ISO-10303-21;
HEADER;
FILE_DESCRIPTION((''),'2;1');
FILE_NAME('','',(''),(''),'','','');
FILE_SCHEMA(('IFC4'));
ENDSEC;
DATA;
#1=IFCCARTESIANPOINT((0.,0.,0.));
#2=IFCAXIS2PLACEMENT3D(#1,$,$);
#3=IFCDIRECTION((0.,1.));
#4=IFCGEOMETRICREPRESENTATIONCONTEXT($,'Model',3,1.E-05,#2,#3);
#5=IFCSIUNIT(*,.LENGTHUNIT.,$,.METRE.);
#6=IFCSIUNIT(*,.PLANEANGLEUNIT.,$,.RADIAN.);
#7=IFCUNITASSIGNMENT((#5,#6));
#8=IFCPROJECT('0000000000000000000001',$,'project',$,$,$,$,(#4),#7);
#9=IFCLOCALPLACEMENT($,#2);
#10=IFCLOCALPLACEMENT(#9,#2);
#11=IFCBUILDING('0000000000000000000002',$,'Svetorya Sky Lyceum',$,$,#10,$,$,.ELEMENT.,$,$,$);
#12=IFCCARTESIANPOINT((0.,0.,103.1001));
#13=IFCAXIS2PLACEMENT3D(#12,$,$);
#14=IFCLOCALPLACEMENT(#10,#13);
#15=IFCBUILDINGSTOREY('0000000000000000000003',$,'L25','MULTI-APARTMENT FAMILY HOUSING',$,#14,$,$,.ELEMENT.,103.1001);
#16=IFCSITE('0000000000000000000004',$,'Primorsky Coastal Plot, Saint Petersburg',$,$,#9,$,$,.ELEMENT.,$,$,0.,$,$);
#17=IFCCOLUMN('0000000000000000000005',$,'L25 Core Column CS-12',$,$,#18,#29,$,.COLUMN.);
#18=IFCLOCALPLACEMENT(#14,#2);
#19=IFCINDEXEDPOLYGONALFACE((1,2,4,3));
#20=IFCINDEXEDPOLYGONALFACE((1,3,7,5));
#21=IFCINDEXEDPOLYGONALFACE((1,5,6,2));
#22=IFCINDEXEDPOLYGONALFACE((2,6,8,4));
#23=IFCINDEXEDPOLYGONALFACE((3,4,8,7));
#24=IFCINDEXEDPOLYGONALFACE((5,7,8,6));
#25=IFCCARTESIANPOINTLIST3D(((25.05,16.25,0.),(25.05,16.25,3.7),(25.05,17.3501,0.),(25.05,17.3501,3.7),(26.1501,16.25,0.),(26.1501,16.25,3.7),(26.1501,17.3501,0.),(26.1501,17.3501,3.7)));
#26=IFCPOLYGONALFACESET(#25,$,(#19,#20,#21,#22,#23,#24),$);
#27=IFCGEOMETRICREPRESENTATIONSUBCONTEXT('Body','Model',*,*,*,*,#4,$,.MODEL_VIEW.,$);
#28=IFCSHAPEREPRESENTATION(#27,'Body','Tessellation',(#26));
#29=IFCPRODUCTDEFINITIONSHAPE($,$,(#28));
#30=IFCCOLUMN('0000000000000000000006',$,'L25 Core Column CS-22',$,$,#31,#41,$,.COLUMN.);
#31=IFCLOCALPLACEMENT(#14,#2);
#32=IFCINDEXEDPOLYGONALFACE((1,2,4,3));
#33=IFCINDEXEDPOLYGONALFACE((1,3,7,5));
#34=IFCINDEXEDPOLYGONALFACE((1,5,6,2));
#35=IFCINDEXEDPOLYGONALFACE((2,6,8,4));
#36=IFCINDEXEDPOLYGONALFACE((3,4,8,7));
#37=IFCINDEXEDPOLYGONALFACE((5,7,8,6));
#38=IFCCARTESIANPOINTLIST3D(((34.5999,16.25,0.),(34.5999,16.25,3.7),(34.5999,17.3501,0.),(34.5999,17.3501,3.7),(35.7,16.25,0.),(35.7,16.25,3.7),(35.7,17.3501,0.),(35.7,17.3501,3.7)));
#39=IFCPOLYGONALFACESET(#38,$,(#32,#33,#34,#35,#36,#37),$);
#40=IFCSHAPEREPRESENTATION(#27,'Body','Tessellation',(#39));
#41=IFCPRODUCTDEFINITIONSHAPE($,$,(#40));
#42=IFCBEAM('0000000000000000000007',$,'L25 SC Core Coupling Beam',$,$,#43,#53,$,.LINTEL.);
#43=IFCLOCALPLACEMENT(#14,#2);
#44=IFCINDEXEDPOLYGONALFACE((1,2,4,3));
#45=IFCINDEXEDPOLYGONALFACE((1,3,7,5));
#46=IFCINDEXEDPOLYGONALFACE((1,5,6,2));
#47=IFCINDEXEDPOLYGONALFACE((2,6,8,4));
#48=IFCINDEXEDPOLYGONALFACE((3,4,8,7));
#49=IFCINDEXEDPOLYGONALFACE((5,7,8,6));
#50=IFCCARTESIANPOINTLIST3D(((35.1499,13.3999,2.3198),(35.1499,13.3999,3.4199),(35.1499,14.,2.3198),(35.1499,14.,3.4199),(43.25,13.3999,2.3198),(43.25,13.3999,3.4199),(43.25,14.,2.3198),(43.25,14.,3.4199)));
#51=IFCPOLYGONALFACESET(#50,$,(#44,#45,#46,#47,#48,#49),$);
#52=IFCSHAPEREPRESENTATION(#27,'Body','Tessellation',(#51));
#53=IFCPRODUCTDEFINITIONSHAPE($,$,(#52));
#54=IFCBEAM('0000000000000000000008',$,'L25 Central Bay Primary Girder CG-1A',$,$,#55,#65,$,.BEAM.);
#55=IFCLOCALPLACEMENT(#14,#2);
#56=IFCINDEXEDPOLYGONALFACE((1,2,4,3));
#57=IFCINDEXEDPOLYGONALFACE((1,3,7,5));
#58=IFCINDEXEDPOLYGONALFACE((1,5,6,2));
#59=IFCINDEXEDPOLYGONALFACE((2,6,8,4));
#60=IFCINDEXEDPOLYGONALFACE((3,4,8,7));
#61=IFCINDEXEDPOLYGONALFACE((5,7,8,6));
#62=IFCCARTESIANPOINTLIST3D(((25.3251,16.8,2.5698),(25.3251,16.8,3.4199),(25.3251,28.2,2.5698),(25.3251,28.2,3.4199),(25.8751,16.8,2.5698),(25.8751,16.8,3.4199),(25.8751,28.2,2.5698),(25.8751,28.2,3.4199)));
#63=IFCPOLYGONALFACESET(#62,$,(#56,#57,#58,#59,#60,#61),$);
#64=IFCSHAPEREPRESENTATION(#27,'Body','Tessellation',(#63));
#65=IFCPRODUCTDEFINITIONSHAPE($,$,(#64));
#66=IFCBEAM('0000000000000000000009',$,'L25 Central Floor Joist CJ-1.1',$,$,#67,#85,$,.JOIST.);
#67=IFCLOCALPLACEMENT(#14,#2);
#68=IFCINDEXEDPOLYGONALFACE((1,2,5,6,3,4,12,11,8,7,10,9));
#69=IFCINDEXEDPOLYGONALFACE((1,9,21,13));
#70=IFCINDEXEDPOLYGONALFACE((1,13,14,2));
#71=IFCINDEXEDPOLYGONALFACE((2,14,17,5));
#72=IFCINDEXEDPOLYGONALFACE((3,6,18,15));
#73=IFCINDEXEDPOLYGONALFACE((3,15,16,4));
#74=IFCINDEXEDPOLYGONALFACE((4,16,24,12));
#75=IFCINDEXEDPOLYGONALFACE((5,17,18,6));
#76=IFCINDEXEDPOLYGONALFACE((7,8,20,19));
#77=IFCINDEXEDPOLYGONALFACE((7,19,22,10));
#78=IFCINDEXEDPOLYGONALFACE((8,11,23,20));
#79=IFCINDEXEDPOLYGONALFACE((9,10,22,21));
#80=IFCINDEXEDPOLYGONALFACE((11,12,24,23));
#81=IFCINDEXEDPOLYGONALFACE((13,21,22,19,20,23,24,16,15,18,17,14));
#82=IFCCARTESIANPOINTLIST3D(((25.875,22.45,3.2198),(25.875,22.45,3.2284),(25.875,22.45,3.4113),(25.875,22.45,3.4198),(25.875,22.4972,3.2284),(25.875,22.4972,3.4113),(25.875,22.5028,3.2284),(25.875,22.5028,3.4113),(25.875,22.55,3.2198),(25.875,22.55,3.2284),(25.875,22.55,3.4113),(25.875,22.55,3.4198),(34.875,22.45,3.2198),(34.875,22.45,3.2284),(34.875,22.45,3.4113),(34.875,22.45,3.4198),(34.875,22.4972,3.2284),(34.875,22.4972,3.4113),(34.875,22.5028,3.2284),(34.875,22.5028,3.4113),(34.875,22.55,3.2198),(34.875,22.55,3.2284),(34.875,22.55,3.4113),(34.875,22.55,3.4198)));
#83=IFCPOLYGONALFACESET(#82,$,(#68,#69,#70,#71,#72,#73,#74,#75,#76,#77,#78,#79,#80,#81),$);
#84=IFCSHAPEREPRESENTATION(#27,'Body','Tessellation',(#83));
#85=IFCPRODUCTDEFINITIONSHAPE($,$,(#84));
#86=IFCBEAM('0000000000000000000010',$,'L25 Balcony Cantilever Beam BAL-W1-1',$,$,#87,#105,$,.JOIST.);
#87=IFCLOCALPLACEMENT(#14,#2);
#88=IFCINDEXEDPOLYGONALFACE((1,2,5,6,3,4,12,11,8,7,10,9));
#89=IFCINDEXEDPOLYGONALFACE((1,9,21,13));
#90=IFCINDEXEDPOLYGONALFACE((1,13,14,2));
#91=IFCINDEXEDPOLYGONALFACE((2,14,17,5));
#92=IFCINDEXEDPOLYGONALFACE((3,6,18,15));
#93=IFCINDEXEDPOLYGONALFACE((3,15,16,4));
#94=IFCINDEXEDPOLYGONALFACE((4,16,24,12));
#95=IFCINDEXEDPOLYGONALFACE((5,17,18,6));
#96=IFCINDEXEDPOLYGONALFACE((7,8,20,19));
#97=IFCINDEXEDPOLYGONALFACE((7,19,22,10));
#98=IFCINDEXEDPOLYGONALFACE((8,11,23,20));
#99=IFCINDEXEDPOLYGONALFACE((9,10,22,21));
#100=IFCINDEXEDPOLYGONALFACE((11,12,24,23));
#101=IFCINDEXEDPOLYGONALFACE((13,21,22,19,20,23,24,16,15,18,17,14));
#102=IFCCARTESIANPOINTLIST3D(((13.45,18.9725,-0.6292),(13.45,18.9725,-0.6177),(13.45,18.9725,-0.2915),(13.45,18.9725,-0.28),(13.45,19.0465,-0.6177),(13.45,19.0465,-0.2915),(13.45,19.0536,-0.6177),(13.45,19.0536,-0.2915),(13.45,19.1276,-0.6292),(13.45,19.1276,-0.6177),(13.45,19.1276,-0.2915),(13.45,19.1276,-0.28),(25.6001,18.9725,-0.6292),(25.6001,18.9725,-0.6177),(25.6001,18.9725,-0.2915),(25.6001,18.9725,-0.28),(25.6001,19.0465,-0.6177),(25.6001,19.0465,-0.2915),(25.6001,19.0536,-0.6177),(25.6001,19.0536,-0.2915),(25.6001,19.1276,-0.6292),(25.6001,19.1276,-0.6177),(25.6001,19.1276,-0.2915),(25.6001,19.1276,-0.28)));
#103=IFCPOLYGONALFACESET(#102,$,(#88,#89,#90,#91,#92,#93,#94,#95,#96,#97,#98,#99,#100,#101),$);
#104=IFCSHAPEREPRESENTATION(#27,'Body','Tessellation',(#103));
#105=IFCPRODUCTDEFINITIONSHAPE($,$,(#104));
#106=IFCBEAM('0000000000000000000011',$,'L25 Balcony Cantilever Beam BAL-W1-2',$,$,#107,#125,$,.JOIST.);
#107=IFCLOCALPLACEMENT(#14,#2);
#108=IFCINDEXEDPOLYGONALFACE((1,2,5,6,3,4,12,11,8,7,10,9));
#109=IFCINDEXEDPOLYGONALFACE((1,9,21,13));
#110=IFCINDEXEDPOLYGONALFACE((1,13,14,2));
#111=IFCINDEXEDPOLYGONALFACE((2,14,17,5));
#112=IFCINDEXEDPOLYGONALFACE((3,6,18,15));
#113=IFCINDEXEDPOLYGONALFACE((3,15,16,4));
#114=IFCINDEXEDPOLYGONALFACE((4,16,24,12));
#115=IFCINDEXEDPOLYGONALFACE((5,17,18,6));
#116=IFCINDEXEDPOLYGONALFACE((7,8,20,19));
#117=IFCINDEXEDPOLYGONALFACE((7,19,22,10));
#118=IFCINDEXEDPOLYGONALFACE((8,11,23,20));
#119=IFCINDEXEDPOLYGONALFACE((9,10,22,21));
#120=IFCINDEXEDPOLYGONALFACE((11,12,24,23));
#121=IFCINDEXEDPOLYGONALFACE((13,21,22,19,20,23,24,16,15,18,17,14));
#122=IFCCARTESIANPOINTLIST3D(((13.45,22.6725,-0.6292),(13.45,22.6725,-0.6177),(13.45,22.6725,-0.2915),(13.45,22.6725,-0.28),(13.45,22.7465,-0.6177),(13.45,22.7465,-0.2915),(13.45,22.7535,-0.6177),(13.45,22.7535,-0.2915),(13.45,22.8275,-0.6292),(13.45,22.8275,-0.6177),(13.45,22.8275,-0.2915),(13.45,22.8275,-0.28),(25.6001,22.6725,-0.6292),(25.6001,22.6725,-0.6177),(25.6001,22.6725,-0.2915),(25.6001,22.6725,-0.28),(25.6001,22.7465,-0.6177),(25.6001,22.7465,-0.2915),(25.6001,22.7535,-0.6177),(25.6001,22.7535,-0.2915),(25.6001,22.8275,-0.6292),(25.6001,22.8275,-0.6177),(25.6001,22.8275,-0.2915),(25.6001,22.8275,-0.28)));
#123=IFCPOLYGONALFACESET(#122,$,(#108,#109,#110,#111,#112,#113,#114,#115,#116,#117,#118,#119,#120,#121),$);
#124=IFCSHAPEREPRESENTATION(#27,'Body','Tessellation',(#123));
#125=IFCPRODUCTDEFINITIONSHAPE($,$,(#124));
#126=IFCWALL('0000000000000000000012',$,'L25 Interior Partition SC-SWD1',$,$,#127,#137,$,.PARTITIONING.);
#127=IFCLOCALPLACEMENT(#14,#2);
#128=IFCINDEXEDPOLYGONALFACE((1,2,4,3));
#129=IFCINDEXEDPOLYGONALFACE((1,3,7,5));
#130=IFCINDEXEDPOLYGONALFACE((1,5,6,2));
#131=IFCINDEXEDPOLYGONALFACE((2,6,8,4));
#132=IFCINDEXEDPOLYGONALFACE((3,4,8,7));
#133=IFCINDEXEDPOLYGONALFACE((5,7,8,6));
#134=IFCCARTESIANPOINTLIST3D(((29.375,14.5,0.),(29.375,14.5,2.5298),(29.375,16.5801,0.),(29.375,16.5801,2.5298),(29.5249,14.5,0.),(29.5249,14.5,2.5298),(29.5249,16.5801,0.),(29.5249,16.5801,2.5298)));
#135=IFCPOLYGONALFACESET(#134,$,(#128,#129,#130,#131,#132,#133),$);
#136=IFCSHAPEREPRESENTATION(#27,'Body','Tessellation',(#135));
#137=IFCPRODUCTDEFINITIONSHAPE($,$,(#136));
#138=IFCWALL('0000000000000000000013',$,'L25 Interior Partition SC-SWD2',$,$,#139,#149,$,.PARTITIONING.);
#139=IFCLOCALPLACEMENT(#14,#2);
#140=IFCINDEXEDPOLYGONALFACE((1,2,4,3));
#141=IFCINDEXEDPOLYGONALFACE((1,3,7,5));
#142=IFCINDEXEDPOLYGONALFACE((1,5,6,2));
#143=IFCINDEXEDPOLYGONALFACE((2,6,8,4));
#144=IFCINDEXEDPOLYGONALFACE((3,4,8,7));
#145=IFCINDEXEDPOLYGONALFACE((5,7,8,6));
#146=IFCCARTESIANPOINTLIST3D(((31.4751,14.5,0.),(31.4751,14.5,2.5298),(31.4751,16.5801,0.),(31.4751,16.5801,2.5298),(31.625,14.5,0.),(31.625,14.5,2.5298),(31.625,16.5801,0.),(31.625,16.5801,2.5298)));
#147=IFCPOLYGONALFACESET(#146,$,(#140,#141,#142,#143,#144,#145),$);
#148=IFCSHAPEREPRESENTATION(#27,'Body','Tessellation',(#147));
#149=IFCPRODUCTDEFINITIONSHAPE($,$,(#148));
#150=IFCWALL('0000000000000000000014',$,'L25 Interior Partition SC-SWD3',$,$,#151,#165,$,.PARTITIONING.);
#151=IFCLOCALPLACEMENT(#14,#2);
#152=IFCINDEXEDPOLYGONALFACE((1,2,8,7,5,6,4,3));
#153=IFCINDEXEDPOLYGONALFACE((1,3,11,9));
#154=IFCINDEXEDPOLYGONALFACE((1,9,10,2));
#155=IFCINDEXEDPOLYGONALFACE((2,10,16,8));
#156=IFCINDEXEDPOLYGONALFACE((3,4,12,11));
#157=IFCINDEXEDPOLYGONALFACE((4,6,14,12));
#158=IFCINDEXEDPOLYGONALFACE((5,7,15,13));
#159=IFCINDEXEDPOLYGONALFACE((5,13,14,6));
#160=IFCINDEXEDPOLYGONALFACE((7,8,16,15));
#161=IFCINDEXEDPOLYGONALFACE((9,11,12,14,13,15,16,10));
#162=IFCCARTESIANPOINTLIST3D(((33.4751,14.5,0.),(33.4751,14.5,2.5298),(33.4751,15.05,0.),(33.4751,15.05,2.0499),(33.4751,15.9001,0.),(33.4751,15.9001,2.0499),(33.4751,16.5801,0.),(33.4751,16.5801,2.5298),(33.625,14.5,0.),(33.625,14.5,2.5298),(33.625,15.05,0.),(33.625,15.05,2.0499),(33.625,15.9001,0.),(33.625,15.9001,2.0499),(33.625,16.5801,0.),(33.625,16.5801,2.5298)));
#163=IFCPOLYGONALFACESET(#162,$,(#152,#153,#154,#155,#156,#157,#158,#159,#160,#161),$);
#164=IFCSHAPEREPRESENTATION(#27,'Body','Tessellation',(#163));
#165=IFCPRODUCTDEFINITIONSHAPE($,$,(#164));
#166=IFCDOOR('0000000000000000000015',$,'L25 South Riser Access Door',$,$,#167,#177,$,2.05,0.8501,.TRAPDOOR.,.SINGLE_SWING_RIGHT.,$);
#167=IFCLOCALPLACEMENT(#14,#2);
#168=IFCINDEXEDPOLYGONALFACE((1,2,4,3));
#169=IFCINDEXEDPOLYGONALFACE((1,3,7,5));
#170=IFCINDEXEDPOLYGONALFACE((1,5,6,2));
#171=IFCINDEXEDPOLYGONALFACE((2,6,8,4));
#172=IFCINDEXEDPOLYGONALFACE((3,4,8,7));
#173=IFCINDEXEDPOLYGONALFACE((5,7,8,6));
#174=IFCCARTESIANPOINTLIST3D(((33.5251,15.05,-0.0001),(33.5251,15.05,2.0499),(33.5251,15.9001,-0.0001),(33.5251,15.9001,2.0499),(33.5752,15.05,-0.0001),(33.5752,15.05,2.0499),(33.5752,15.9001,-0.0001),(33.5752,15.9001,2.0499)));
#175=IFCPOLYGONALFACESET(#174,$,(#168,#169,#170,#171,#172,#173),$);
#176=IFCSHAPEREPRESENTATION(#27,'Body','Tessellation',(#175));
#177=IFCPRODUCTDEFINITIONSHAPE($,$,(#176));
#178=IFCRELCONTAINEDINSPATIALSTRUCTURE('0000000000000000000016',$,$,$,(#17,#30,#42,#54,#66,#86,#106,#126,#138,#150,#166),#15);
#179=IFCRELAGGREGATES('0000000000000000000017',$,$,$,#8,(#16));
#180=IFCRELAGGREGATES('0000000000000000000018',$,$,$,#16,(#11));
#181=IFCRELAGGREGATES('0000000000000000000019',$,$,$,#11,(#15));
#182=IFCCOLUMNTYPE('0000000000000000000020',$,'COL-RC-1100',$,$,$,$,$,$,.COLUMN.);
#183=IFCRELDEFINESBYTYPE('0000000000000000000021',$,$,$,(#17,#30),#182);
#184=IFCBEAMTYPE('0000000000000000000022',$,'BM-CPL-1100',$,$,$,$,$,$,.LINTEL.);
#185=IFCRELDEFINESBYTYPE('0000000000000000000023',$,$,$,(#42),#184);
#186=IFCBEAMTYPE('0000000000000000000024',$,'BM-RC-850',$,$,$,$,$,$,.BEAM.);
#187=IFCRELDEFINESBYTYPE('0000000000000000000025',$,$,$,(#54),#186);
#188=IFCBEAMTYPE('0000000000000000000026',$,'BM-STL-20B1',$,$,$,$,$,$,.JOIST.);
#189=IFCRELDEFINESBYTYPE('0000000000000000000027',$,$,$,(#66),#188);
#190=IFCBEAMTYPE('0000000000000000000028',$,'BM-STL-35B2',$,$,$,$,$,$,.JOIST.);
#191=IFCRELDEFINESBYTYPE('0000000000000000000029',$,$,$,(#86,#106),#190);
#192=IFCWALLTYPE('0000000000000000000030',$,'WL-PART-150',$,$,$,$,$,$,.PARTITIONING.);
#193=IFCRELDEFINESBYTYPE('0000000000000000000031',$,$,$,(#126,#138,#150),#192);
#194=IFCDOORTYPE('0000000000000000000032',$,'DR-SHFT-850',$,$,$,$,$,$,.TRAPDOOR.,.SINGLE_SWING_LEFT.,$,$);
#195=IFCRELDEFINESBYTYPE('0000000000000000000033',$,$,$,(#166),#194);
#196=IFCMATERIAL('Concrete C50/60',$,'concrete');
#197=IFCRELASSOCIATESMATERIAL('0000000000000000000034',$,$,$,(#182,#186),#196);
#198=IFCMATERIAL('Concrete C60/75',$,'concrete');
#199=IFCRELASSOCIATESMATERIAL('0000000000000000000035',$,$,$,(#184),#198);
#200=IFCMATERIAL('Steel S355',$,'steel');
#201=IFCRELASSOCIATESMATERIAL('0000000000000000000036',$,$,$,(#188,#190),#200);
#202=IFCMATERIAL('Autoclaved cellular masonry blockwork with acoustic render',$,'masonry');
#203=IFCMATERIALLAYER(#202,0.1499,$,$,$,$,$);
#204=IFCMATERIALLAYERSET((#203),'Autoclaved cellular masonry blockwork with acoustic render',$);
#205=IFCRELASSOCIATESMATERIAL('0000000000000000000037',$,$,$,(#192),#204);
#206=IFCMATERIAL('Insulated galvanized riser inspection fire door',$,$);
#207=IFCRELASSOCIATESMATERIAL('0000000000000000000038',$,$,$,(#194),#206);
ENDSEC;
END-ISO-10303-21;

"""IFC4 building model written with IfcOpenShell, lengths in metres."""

from ifc_helpers import new_model, si_unit, direction, frame, frame_2d, origin, origin_2d, place, context, subcontext, project, spatial, rectangle, i_section, extrude, material, layer, layer_set, material_profile, profile_set, type_object, element, fill, save


model = new_model("IFC4")

# Units and contexts
model_context = context("Model", 3, precision=1e-05, world=origin(), true_north=direction((0.0, 1.0)))
body_context = subcontext(model_context, "Body", "Model", "MODEL_VIEW")
ifc_project = project(units=[si_unit("LENGTHUNIT", "METRE"), si_unit("PLANEANGLEUNIT", "RADIAN")], contexts=[model_context])

# Site, building, storey
site_placement = place(None, origin())
site = spatial("IfcSite", under=ifc_project, at=site_placement, Name="Primorsky Coastal Plot, Saint Petersburg", CompositionType="ELEMENT", RefElevation=0.0)
building_placement = place(site_placement, origin())
building = spatial("IfcBuilding", under=site, at=building_placement, Name="Svetorya Sky Lyceum", CompositionType="ELEMENT")
storey_placement = place(building_placement, frame((0.0, 0.0, 103.1001)))
storey = spatial("IfcBuildingStorey", under=building, at=storey_placement, Name="L25", Description="MULTI-APARTMENT FAMILY HOUSING", CompositionType="ELEMENT", Elevation=103.1001)

# Columns
ifc_material_1 = material(Name="Concrete C50/60", Category="concrete")
ifc_material_profile_1 = material_profile(ifc_material_1, rectangle(XDim=1.1001, YDim=1.1001, at=origin_2d()), Name="RC COL 1100x1100")
ifc_profile_set_1 = profile_set([ifc_material_profile_1], Name="Concrete C50/60")
column_type = type_object("IfcColumnType", Name="COL-RC-1100", PredefinedType="COLUMN", material=ifc_profile_set_1)
for number, where, z_axis, x_axis, name in (
    (1, (25.6001, 16.8, 0.0), (0.0, 0.0, 1.0), (1.0, 0.0, 0.0), "L25 Core Column CS-12"),
    (2, (35.1499, 16.8, 0.0), (0.0, 0.0, 1.0), (1.0, 0.0, 0.0), "L25 Core Column CS-22"),
):
    element("IfcColumn", number, at=place(storey_placement, frame(where, z_axis=z_axis, x_axis=x_axis)), inside=storey, type_object=column_type, Name=name, PredefinedType="COLUMN", context=body_context, shape_type="SweptSolid", body=[
        extrude(rectangle(XDim=1.1001, YDim=1.1001, at=origin_2d()), origin(), (0.0, 0.0, 1.0), 3.7),
    ])

# Beams
ifc_material_2 = material(Name="Concrete C60/75", Category="concrete")
ifc_material_profile_2 = material_profile(ifc_material_2, rectangle(XDim=0.6001, YDim=1.1001, at=origin_2d()), Name="RC COUPLING 600x1100")
ifc_profile_set_2 = profile_set([ifc_material_profile_2], Name="Concrete C60/75")
beam_type_1 = type_object("IfcBeamType", Name="BM-CPL-1100", PredefinedType="LINTEL", material=ifc_profile_set_2)
beam_1_placement = place(storey_placement, frame((35.1499, 13.7, 2.8699), z_axis=(1.0, 0.0, 0.0), x_axis=(0.0, 1.0, 0.0)))
element("IfcBeam", 3, at=beam_1_placement, inside=storey, type_object=beam_type_1, Name="L25 SC Core Coupling Beam", PredefinedType="LINTEL", context=body_context, shape_type="SweptSolid", body=[
    extrude(rectangle(XDim=0.6001, YDim=1.1001, at=origin_2d()), origin(), (0.0, 0.0, 1.0), 8.1001),
])
ifc_material_profile_3 = material_profile(ifc_material_1, rectangle(XDim=0.55, YDim=0.8501, at=origin_2d()), Name="RC BEAM 550x850")
ifc_profile_set_3 = profile_set([ifc_material_profile_3], Name="Concrete C50/60")
beam_type_2 = type_object("IfcBeamType", Name="BM-RC-850", PredefinedType="BEAM", material=ifc_profile_set_3)
beam_2_placement = place(storey_placement, frame((25.6001, 16.8, 2.9949), z_axis=(0.0, 1.0, 0.0), x_axis=(-1.0, 0.0, 0.0)))
element("IfcBeam", 4, at=beam_2_placement, inside=storey, type_object=beam_type_2, Name="L25 Central Bay Primary Girder CG-1A", PredefinedType="BEAM", context=body_context, shape_type="SweptSolid", body=[
    extrude(rectangle(XDim=0.55, YDim=0.8501, at=origin_2d()), origin(), (0.0, 0.0, 1.0), 11.3999),
])
ifc_material_3 = material(Name="Steel S355", Category="steel")
ifc_material_profile_4 = material_profile(ifc_material_3, i_section(OverallWidth=0.1001, OverallDepth=0.2, WebThickness=0.0056, FlangeThickness=0.0085, at=origin_2d()), Name="GOST 20B1")
ifc_profile_set_4 = profile_set([ifc_material_profile_4], Name="Steel S355")
beam_type_3 = type_object("IfcBeamType", Name="BM-STL-20B1", PredefinedType="JOIST", material=ifc_profile_set_4)
beam_3_placement = place(storey_placement, frame((25.875, 22.5, 3.3198), z_axis=(1.0, 0.0, 0.0), x_axis=(0.0, 1.0, 0.0)))
element("IfcBeam", 5, at=beam_3_placement, inside=storey, type_object=beam_type_3, Name="L25 Central Floor Joist CJ-1.1", PredefinedType="JOIST", context=body_context, shape_type="SweptSolid", body=[
    extrude(i_section(OverallWidth=0.1001, OverallDepth=0.2, WebThickness=0.0056, FlangeThickness=0.0085, at=origin_2d()), origin(), (0.0, 0.0, 1.0), 9.0),
])
ifc_material_profile_5 = material_profile(ifc_material_3, i_section(OverallWidth=0.155, OverallDepth=0.3491, WebThickness=0.0071, FlangeThickness=0.0115, at=origin_2d()), Name="GOST 35B2")
ifc_profile_set_5 = profile_set([ifc_material_profile_5], Name="Steel S355")
beam_type_4 = type_object("IfcBeamType", Name="BM-STL-35B2", PredefinedType="JOIST", material=ifc_profile_set_5)
for number, where, z_axis, x_axis, name in (
    (6, (25.6001, 19.05, -0.4546), (-1.0, 0.0, 0.0), (0.0, -1.0, 0.0), "L25 Balcony Cantilever Beam BAL-W1-1"),
    (7, (25.6001, 22.75, -0.4546), (-1.0, 0.0, 0.0), (0.0, -1.0, 0.0), "L25 Balcony Cantilever Beam BAL-W1-2"),
):
    element("IfcBeam", number, at=place(storey_placement, frame(where, z_axis=z_axis, x_axis=x_axis)), inside=storey, type_object=beam_type_4, Name=name, PredefinedType="JOIST", context=body_context, shape_type="SweptSolid", body=[
        extrude(i_section(OverallWidth=0.155, OverallDepth=0.3491, WebThickness=0.0071, FlangeThickness=0.0115, at=origin_2d()), origin(), (0.0, 0.0, 1.0), 12.1501),
    ])

# Walls
ifc_material_4 = material(Name="Autoclaved cellular masonry blockwork with acoustic render", Category="masonry")
ifc_layer_1 = layer(ifc_material_4, 0.1499)
ifc_layer_set_1 = layer_set([ifc_layer_1], Name="Autoclaved cellular masonry blockwork with acoustic render")
wall_type_1 = type_object("IfcWallType", Name="WL-PART-150", PredefinedType="PARTITIONING", material=ifc_layer_set_1)
for number, where, z_axis, x_axis, name in (
    (8, (29.45, 14.5, 0.0), (0.0, 0.0, 1.0), (0.0, 1.0, 0.0), "L25 Interior Partition SC-SWD1"),
    (9, (31.55, 14.5, 0.0), (0.0, 0.0, 1.0), (0.0, 1.0, 0.0), "L25 Interior Partition SC-SWD2"),
):
    element("IfcWall", number, at=place(storey_placement, frame(where, z_axis=z_axis, x_axis=x_axis)), inside=storey, type_object=wall_type_1, Name=name, PredefinedType="PARTITIONING", context=body_context, shape_type="SweptSolid", body=[
        extrude(rectangle(XDim=2.0801, YDim=0.1499, at=frame_2d((1.04, 0.0))), origin(), (0.0, 0.0, 1.0), 2.5298),
    ])

# Wall, opening, door
wall_1_placement = place(storey_placement, frame((33.55, 14.5, 0.0), z_axis=(0.0, 0.0, 1.0), x_axis=(0.0, 1.0, 0.0)))
wall_1 = element("IfcWall", 10, at=wall_1_placement, inside=storey, type_object=wall_type_1, Name="L25 Interior Partition SC-SWD3", PredefinedType="PARTITIONING", context=body_context, shape_type="SweptSolid", body=[
    extrude(rectangle(XDim=2.0801, YDim=0.1499, at=frame_2d((1.04, 0.0))), origin(), (0.0, 0.0, 1.0), 2.5298),
])
opening_1_placement = place(wall_1_placement, frame((0.55, 0.0, 0.0)))
opening_1 = element("IfcOpeningElement", 11, at=opening_1_placement, cuts=wall_1, PredefinedType="OPENING", context=body_context, shape_type="SweptSolid", body=[
    extrude(rectangle(XDim=0.8501, YDim=2.05, at=frame_2d((0.425, 1.0249))), frame((0.0, 0.085, 0.0), z_axis=(0.0, -1.0, 0.0), x_axis=(1.0, 0.0, 0.0)), (0.0, 0.0, 1.0), 0.1699),
])
ifc_material_5 = material(Name="Insulated galvanized riser inspection fire door")
door_type_1 = type_object("IfcDoorType", Name="DR-SHFT-850", OperationType="SINGLE_SWING_LEFT", PredefinedType="TRAPDOOR", material=ifc_material_5)
door_1_placement = place(opening_1_placement, origin())
door_1 = element("IfcDoor", 12, at=door_1_placement, inside=storey, type_object=door_type_1, Name="L25 South Riser Access Door", OperationType="SINGLE_SWING_RIGHT", OverallHeight=2.05, OverallWidth=0.8501, PredefinedType="TRAPDOOR", context=body_context, shape_type="SweptSolid", body=[
    extrude(rectangle(XDim=0.8501, YDim=2.05, at=frame_2d((0.425, 1.0249))), frame((0.0, 0.0249, 0.0), z_axis=(0.0, -1.0, 0.0), x_axis=(1.0, 0.0, 0.0)), (0.0, 0.0, 1.0), 0.05),
])
fill(opening_1, door_1)

save(model, "model.ifc")
